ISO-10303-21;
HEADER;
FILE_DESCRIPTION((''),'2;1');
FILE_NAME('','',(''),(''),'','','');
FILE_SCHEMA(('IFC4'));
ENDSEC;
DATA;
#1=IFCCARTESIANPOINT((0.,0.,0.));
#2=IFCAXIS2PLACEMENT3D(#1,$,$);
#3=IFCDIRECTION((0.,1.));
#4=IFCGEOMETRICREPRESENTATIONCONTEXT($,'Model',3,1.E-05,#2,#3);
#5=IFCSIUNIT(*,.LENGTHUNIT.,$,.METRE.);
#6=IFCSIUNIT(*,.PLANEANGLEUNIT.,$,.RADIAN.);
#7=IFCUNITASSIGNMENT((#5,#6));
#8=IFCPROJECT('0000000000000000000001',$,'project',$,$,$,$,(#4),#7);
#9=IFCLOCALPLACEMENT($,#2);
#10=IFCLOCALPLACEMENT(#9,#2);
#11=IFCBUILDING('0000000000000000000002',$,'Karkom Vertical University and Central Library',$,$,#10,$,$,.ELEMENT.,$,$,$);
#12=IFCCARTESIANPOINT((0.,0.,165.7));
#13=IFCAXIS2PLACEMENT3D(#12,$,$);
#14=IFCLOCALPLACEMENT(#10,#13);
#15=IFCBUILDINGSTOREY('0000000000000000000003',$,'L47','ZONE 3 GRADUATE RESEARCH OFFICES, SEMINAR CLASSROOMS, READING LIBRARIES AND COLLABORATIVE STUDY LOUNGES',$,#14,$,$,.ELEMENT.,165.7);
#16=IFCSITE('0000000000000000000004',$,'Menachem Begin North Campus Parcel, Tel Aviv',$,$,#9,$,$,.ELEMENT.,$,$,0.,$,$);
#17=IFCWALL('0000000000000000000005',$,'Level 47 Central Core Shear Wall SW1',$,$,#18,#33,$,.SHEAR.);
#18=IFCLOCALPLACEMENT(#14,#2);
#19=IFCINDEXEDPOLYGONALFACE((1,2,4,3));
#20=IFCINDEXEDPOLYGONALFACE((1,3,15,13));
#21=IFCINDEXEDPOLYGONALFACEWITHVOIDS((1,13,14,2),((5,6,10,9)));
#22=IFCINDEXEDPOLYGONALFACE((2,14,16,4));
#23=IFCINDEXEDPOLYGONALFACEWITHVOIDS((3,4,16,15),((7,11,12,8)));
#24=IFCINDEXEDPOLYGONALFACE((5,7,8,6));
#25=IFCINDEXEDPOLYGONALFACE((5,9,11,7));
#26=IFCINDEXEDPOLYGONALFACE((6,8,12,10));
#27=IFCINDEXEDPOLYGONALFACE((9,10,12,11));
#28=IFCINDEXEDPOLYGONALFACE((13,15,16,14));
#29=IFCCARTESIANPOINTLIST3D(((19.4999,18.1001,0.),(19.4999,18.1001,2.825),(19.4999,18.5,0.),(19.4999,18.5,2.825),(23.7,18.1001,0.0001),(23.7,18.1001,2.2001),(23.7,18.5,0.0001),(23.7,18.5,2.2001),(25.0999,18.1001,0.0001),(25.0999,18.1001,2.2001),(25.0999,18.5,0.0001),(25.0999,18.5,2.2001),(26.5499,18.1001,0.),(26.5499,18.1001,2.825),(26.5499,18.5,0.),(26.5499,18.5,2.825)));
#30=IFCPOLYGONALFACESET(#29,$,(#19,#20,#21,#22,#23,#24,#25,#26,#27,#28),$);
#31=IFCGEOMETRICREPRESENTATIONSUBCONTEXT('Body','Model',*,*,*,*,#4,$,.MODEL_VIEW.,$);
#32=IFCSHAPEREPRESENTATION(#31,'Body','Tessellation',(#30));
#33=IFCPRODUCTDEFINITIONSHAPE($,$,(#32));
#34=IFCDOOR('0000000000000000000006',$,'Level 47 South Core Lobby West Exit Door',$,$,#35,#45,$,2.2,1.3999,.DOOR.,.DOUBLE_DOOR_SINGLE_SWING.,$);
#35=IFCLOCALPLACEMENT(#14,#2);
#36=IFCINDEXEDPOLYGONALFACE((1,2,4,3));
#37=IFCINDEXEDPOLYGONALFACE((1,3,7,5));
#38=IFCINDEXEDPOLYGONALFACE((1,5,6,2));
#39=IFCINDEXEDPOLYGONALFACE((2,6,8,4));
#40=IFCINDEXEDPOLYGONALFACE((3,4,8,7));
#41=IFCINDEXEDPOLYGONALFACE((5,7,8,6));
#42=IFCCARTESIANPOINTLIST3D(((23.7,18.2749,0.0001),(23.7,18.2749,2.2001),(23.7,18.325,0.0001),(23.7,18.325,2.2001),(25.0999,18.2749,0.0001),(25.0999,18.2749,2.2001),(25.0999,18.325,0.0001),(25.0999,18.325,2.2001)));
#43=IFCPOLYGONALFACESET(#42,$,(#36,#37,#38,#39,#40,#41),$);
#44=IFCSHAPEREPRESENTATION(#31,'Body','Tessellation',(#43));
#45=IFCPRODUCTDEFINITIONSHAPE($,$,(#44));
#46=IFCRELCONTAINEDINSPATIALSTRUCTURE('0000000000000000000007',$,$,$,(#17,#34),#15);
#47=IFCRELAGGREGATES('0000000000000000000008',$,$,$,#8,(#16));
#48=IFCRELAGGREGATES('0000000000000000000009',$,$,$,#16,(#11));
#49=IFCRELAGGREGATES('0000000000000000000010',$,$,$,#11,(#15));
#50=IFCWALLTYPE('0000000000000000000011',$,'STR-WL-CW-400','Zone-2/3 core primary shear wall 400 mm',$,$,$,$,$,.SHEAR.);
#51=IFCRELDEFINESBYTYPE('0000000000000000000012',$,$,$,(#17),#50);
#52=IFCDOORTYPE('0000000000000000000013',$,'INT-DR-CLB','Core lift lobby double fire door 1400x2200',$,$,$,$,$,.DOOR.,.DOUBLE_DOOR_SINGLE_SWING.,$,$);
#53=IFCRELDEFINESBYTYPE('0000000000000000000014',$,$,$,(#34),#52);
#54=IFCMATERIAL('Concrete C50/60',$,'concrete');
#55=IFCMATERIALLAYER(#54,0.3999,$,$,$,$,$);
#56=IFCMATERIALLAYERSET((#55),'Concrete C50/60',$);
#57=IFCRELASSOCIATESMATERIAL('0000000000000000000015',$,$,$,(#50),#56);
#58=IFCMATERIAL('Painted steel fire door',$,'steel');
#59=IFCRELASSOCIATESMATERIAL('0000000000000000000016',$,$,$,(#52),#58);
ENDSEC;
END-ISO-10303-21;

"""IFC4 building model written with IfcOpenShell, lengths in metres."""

from ifc_helpers import new_model, si_unit, direction, frame, frame_2d, origin, origin_with_axes, place, context, subcontext, project, spatial, rectangle, extrude, source, transform, mapped, material, layer, layer_set, type_object, element, fill, save


model = new_model("IFC4")

# Units and contexts
model_context = context("Model", 3, precision=1e-05, world=origin(), true_north=direction((0.0, 1.0)))
body_context = subcontext(model_context, "Body", "Model", "MODEL_VIEW")
ifc_project = project(units=[si_unit("LENGTHUNIT", "METRE"), si_unit("PLANEANGLEUNIT", "RADIAN")], contexts=[model_context])

# Site, building, storey
site_placement = place(None, origin())
site = spatial("IfcSite", under=ifc_project, at=site_placement, Name="Menachem Begin North Campus Parcel, Tel Aviv", CompositionType="ELEMENT", RefElevation=0.0)
building_placement = place(site_placement, origin())
building = spatial("IfcBuilding", under=site, at=building_placement, Name="Karkom Vertical University and Central Library", CompositionType="ELEMENT")
storey_placement = place(building_placement, frame((0.0, 0.0, 165.7)))
storey = spatial("IfcBuildingStorey", under=building, at=storey_placement, Name="L47", Description="ZONE 3 GRADUATE RESEARCH OFFICES, SEMINAR CLASSROOMS, READING LIBRARIES AND COLLABORATIVE STUDY LOUNGES", CompositionType="ELEMENT", Elevation=165.7)

# Shared definitions
ifc_material_1 = material(Name="Concrete C50/60", Category="concrete")

# Wall, opening, door
ifc_layer_1 = layer(ifc_material_1, 0.3999)
ifc_layer_set_1 = layer_set([ifc_layer_1], Name="Concrete C50/60")
wall_type_1 = type_object("IfcWallType", Name="STR-WL-CW-400", Description="Zone-2/3 core primary shear wall 400 mm", PredefinedType="SHEAR", material=ifc_layer_set_1)
wall_1_placement = place(storey_placement, frame((19.5, 18.3, 0.0), z_axis=(0.0, 0.0, 1.0), x_axis=(1.0, 0.0, 0.0)))
wall_1 = element("IfcWall", 1, at=wall_1_placement, inside=storey, type_object=wall_type_1, Name="Level 47 Central Core Shear Wall SW1", PredefinedType="SHEAR", context=body_context, shape_type="SweptSolid", body=[
    extrude(rectangle(XDim=7.05, YDim=0.3999, at=frame_2d((3.5249, 0.0))), origin(), (0.0, 0.0, 1.0), 2.825),
])
opening_1_placement = place(wall_1_placement, frame((4.2, 0.0, 0.0)))
opening_1 = element("IfcOpeningElement", 2, at=opening_1_placement, cuts=wall_1, PredefinedType="OPENING", context=body_context, shape_type="SweptSolid", body=[
    extrude(rectangle(XDim=1.3999, YDim=2.2, at=frame_2d((0.7, 1.1001))), frame((0.0, 0.21, 0.0), z_axis=(0.0, -1.0, 0.0), x_axis=(1.0, 0.0, 0.0)), (0.0, 0.0, 1.0), 0.4199),
])
ifc_material_2 = material(Name="Painted steel fire door", Category="steel")
door_type_1 = type_object("IfcDoorType", Name="INT-DR-CLB", Description="Core lift lobby double fire door 1400x2200", OperationType="DOUBLE_DOOR_SINGLE_SWING", PredefinedType="DOOR", material=ifc_material_2)
shared_shape_1 = source(origin_with_axes(), body_context, "Body", "SweptSolid", [
    extrude(rectangle(XDim=1.3999, YDim=2.2, at=frame_2d((0.7, 1.1001))), frame((0.0, 0.0249, 0.0), z_axis=(0.0, -1.0, 0.0), x_axis=(1.0, 0.0, 0.0)), (0.0, 0.0, 1.0), 0.05),
])
door_1_placement = place(opening_1_placement, origin())
door_1 = element("IfcDoor", 3, at=door_1_placement, inside=storey, type_object=door_type_1, Name="Level 47 South Core Lobby West Exit Door", OperationType="DOUBLE_DOOR_SINGLE_SWING", OverallHeight=2.2, OverallWidth=1.3999, PredefinedType="DOOR", context=body_context, shape_type="MappedRepresentation", body=[
    mapped(shared_shape_1, transform((0.0, 0.0, 0.0), scale=1.0)),
])
fill(opening_1, door_1)

save(model, "model.ifc")
